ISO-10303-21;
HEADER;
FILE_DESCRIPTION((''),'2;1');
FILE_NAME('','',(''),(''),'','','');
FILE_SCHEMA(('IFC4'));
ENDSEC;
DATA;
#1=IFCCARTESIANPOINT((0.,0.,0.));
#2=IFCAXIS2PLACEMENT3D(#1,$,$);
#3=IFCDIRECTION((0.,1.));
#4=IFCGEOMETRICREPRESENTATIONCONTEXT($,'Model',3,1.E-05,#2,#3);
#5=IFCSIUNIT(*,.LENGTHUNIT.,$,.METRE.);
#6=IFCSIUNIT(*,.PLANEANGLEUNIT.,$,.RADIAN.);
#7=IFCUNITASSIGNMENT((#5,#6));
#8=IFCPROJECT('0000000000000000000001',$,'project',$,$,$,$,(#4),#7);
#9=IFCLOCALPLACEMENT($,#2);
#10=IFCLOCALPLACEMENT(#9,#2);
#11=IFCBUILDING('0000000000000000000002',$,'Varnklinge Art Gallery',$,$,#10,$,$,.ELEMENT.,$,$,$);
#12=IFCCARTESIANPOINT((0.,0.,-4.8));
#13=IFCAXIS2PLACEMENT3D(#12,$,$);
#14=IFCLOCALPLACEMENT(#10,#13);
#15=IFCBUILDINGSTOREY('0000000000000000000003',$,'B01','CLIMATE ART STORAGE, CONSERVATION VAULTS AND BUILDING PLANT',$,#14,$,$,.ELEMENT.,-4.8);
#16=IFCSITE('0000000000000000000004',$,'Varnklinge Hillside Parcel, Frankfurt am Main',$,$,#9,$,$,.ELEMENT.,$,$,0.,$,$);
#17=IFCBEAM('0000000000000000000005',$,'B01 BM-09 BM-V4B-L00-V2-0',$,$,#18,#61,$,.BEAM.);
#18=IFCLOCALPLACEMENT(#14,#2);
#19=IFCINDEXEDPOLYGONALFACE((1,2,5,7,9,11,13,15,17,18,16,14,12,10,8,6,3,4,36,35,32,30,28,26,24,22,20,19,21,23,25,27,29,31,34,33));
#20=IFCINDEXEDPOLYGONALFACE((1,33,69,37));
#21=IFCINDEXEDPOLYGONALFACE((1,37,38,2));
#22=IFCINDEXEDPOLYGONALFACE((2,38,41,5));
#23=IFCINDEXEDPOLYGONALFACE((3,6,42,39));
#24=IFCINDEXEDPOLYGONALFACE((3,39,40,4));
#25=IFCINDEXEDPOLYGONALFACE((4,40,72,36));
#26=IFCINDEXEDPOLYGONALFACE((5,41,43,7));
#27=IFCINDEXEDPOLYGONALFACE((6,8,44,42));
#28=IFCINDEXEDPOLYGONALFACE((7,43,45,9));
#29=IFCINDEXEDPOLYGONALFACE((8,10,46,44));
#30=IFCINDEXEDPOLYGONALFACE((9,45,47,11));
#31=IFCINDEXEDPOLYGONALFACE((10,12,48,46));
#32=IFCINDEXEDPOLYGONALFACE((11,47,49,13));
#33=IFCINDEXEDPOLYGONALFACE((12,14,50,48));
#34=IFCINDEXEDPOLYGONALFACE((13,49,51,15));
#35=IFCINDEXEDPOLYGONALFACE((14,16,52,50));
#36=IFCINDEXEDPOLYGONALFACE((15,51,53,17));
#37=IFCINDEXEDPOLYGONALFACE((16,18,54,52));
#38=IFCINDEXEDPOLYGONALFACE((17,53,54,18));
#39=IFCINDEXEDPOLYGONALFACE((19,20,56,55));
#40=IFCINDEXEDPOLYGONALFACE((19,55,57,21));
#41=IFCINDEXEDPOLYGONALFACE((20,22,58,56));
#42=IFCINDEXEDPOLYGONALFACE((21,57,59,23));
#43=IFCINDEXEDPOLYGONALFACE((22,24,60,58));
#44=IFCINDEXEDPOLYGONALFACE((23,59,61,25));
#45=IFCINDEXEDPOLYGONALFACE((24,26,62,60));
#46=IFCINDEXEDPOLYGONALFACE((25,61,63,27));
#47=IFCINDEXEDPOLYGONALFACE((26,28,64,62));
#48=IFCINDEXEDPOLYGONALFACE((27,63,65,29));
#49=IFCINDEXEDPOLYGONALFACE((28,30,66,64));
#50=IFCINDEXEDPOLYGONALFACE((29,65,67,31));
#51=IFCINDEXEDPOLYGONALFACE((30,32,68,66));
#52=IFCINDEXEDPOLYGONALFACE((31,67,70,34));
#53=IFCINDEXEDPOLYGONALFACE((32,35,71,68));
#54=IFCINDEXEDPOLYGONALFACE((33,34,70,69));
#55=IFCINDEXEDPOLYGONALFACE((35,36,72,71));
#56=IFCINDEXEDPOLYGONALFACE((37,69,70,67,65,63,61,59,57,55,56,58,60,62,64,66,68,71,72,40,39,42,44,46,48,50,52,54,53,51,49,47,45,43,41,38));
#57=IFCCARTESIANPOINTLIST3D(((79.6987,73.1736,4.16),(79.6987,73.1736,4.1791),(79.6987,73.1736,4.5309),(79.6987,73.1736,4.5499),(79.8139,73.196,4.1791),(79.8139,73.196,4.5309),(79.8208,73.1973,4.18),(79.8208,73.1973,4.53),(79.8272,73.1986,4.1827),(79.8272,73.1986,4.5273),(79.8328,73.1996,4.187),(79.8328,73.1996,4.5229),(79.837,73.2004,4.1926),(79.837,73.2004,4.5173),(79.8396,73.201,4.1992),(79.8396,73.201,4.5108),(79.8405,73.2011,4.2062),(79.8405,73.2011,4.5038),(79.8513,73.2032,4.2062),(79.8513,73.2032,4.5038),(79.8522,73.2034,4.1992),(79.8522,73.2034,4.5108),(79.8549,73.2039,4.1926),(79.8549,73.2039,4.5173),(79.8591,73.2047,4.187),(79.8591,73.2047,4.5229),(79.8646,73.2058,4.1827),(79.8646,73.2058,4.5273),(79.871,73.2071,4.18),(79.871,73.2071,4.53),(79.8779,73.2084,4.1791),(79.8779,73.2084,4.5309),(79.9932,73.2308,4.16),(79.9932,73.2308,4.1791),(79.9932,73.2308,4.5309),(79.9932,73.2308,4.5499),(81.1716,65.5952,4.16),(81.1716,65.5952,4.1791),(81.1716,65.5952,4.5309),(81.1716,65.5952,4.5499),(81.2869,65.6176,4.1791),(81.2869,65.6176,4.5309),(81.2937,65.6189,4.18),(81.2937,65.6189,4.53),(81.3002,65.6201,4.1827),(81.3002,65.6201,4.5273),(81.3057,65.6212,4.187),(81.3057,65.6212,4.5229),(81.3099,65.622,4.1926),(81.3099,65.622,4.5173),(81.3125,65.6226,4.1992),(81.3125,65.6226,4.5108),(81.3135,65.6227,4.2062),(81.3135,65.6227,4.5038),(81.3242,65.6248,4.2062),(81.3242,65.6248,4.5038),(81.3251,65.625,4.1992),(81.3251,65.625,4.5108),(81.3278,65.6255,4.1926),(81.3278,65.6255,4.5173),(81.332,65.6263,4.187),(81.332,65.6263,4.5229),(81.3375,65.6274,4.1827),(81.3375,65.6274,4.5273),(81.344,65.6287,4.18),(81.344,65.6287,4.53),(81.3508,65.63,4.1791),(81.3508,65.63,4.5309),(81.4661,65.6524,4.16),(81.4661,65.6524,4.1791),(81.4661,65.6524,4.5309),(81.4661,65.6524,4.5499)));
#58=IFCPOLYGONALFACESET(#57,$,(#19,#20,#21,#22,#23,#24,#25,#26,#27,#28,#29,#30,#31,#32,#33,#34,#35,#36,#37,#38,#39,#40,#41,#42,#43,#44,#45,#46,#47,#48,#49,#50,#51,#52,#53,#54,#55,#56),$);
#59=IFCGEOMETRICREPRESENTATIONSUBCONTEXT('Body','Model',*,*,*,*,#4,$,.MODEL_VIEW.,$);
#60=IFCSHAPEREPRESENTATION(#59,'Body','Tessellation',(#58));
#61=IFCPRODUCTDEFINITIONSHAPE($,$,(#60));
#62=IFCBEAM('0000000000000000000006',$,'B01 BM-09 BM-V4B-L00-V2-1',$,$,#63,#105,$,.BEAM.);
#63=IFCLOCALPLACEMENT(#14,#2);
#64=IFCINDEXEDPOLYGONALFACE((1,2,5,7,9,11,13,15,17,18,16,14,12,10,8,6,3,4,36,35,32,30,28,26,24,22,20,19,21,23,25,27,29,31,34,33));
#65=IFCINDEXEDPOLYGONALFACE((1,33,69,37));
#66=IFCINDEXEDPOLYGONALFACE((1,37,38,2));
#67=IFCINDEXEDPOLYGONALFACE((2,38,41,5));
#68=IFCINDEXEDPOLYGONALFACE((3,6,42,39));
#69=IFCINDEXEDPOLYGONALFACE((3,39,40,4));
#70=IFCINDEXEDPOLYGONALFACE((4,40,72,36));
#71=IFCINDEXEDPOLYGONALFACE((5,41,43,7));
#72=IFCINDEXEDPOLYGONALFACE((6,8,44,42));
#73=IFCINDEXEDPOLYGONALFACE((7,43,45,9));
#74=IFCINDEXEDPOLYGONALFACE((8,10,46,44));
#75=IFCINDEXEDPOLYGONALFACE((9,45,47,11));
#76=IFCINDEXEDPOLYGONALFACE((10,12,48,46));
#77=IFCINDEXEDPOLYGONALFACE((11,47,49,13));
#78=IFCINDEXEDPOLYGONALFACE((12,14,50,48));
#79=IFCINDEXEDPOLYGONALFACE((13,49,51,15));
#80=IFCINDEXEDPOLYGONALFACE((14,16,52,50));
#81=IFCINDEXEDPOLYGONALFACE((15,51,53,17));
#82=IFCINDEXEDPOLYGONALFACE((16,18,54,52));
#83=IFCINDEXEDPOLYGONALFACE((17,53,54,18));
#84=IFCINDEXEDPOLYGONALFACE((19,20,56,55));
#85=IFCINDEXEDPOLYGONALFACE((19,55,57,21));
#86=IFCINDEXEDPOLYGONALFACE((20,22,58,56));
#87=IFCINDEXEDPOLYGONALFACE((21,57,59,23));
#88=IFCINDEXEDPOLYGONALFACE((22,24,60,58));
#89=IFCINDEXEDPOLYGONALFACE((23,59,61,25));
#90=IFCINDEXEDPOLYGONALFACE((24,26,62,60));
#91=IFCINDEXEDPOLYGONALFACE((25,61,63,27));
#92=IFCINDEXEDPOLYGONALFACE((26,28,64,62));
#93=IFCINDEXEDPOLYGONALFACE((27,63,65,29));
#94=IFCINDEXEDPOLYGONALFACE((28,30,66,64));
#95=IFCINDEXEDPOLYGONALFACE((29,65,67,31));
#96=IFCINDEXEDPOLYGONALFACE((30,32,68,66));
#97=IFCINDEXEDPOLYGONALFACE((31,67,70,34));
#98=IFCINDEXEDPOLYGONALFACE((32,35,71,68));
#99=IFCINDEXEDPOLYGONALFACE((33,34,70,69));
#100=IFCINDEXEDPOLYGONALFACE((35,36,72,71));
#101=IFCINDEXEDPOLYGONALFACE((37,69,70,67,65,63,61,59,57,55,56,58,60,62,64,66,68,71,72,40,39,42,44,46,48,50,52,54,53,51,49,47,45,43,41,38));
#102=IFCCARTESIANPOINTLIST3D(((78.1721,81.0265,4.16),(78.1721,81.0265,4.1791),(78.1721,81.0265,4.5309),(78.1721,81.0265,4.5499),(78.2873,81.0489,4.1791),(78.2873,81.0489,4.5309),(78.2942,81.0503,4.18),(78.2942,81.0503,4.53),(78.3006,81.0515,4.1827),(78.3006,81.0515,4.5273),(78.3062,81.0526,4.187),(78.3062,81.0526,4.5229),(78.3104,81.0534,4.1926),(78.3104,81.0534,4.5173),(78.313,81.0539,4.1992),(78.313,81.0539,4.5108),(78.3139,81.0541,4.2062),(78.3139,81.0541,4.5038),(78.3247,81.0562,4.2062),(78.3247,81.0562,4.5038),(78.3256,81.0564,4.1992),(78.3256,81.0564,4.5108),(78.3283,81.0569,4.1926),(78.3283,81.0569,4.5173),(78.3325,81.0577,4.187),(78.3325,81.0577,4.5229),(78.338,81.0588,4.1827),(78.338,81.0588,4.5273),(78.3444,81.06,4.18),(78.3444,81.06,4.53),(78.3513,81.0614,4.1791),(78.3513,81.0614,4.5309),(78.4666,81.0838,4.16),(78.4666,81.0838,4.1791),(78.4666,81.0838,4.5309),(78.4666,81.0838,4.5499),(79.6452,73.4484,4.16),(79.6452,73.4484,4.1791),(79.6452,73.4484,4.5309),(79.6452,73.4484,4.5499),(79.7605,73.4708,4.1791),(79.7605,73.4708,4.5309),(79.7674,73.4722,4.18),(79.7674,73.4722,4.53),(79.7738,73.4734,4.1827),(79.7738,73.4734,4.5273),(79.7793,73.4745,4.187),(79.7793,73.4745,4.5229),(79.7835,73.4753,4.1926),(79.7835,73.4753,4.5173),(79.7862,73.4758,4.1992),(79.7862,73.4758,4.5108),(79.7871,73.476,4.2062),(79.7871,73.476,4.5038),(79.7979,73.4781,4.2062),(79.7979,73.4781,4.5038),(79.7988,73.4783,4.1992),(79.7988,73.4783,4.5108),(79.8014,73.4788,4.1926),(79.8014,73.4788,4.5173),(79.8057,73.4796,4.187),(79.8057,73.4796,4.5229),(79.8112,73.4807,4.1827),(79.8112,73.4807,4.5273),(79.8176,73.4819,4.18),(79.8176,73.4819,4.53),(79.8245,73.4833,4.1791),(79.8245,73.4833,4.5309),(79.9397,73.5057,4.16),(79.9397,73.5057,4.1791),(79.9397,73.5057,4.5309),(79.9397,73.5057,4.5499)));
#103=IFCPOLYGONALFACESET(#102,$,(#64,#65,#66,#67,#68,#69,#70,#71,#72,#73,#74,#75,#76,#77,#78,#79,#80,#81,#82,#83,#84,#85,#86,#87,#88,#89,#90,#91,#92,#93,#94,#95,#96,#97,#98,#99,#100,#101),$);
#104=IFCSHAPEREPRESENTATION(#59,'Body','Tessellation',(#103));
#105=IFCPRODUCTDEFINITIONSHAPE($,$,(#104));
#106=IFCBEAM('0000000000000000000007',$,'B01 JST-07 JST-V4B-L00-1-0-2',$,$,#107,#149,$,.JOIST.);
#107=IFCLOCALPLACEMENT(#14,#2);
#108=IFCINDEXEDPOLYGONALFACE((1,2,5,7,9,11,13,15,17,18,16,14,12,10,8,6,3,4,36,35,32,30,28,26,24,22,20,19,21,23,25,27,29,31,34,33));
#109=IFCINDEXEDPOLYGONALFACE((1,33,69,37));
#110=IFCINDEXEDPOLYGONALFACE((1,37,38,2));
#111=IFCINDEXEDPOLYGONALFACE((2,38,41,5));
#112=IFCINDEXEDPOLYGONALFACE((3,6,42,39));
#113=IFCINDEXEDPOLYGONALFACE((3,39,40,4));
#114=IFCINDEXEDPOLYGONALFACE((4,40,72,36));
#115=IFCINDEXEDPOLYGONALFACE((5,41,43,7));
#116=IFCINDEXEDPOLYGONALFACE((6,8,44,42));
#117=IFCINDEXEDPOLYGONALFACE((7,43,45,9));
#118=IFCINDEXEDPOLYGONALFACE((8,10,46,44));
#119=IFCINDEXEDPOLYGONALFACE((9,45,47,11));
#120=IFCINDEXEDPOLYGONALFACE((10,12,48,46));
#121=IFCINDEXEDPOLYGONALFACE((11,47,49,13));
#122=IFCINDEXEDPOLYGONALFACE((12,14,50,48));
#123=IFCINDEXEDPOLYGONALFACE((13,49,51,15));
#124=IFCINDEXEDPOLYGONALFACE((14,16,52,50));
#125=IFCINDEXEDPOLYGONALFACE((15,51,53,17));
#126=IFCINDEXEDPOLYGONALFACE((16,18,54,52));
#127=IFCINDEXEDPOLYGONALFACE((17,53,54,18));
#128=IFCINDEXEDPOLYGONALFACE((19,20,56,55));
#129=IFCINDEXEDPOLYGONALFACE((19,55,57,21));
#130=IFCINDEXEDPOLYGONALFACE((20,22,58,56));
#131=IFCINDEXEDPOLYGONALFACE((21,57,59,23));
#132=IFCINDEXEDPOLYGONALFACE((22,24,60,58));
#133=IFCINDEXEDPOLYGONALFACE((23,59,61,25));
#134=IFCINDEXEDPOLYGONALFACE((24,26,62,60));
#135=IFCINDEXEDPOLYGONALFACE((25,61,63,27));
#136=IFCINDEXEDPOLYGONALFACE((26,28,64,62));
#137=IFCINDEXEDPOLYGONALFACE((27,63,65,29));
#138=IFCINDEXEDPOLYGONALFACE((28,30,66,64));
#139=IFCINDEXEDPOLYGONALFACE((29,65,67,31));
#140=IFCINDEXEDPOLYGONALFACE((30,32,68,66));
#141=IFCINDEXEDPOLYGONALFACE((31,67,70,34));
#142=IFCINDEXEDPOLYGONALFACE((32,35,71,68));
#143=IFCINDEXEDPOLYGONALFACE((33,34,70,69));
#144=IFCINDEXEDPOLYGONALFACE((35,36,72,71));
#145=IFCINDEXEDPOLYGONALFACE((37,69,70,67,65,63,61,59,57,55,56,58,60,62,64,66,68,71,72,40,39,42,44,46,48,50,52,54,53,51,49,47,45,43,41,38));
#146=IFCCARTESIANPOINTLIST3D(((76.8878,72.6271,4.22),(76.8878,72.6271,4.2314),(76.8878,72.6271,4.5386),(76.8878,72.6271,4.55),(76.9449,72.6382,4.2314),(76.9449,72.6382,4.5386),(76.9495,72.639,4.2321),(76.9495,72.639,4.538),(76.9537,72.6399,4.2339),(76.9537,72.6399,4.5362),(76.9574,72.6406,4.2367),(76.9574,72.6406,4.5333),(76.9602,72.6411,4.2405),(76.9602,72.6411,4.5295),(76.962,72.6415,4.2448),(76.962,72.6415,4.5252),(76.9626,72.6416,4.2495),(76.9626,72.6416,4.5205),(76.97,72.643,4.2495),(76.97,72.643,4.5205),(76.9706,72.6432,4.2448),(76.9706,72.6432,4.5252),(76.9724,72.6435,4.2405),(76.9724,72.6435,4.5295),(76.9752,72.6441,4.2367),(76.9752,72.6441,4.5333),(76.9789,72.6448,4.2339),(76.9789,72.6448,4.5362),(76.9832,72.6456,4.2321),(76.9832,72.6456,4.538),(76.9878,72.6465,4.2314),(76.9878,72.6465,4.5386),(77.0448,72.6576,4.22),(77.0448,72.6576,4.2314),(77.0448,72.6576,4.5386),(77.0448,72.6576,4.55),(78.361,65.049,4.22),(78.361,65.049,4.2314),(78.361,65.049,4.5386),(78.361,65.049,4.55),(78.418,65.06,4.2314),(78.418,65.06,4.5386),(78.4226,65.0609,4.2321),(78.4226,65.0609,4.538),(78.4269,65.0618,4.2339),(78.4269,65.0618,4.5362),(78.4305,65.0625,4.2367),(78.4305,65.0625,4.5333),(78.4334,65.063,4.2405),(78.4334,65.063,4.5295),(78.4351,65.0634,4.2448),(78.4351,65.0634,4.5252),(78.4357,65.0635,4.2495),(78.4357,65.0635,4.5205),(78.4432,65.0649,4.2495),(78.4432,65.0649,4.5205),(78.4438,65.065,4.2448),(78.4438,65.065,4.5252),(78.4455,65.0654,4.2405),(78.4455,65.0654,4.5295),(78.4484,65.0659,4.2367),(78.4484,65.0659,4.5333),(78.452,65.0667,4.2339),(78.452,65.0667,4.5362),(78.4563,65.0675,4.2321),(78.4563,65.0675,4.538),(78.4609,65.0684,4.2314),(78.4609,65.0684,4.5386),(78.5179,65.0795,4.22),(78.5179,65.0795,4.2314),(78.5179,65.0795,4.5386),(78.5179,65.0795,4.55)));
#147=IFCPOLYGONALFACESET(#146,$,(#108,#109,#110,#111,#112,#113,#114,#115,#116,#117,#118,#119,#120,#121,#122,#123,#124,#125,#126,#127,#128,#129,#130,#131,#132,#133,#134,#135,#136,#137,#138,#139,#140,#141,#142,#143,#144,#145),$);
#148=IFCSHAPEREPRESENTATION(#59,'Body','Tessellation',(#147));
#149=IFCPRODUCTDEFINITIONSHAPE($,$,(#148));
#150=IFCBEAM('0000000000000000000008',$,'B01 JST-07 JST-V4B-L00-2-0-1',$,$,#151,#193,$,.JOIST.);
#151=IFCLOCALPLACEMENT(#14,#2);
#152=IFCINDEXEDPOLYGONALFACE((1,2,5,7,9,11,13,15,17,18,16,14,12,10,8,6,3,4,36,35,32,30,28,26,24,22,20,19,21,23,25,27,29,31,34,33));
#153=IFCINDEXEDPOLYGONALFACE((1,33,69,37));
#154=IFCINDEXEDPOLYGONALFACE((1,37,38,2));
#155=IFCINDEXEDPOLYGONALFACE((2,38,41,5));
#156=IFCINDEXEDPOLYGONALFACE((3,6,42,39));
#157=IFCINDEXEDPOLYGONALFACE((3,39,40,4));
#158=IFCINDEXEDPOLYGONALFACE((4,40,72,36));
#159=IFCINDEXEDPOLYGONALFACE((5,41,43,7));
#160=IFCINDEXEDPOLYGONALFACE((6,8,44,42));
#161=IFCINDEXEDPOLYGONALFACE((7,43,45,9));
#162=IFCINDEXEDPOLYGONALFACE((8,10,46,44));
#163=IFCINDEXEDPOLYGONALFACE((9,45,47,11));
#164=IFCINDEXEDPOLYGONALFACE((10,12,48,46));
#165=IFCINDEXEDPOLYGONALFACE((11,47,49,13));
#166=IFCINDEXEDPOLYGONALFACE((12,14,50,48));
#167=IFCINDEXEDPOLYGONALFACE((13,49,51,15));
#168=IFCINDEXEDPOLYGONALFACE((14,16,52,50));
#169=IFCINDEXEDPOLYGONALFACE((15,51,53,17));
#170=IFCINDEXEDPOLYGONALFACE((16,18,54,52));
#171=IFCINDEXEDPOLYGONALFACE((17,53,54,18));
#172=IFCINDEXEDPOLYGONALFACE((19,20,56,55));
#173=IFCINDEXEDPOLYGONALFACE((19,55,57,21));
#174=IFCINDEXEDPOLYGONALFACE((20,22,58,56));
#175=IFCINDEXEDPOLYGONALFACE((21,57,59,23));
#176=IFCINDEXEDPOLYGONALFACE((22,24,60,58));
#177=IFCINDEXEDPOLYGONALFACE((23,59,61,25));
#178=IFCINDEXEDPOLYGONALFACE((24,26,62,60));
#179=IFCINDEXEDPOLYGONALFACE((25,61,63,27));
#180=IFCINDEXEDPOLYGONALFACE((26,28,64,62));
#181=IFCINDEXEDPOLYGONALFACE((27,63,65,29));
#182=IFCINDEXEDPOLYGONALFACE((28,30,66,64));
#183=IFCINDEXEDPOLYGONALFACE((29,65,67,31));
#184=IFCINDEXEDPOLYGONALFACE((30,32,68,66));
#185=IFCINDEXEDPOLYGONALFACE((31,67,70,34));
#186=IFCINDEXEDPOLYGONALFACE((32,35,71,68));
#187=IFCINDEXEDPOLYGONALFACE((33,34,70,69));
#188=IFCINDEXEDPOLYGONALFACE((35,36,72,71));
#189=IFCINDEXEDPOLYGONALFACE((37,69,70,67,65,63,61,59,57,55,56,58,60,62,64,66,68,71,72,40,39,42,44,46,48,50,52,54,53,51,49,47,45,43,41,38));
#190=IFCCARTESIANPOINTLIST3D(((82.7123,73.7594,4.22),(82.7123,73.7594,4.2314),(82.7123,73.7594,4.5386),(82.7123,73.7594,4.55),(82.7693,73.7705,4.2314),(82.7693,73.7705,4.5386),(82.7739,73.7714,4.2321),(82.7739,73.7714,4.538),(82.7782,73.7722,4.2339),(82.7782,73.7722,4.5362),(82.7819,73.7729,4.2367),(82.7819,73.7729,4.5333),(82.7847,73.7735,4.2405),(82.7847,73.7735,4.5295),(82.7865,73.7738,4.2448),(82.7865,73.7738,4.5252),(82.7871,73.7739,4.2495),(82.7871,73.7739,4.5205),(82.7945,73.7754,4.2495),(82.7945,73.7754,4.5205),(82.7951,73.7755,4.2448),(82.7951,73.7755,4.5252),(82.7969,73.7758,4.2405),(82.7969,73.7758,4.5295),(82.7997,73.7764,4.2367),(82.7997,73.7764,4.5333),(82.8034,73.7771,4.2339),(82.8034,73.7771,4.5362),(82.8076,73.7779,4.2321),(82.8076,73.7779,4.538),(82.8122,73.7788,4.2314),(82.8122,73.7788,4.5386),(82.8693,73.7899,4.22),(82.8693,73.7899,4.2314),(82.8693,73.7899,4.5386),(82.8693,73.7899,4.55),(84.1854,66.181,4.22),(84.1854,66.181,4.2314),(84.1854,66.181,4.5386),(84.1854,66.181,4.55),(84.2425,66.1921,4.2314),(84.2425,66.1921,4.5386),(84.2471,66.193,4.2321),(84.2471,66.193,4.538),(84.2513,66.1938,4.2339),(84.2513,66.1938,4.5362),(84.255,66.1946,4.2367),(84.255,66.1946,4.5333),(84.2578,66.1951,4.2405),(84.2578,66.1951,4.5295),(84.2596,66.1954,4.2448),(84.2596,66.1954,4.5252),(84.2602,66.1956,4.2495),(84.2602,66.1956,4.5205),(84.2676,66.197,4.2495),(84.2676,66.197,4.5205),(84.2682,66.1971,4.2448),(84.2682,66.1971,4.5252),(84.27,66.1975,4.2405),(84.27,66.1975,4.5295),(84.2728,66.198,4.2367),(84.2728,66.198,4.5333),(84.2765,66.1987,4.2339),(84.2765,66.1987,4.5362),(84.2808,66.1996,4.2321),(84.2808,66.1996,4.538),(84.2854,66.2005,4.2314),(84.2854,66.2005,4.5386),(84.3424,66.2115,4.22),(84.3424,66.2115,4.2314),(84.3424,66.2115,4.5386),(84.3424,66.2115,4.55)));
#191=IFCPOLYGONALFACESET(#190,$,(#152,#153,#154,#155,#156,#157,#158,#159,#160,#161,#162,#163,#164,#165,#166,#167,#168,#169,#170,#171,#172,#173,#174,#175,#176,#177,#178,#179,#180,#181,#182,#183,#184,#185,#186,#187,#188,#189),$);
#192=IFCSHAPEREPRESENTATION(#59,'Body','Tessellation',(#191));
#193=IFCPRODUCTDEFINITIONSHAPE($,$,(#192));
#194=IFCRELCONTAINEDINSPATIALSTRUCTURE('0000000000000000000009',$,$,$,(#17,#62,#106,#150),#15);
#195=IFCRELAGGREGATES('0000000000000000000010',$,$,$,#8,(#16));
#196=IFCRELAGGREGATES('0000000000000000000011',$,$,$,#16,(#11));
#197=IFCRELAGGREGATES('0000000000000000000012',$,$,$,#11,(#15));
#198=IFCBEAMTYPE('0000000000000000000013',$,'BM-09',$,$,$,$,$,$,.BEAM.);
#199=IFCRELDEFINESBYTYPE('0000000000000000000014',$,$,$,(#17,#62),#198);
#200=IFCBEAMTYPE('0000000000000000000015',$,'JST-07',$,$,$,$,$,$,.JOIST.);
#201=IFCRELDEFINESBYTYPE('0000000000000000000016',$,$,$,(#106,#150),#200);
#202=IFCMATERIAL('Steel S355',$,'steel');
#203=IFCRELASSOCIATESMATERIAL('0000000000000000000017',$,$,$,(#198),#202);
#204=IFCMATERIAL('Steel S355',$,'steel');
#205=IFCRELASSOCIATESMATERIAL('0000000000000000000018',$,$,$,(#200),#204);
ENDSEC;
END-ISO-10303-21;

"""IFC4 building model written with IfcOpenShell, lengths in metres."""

from ifc_helpers import new_model, si_unit, direction, frame, origin, origin_2d, place, context, subcontext, project, spatial, i_section, extrude, material, material_profile, profile_set, type_object, element, save


model = new_model("IFC4")

# Units and contexts
model_context = context("Model", 3, precision=1e-05, world=origin(), true_north=direction((0.0, 1.0)))
body_context = subcontext(model_context, "Body", "Model", "MODEL_VIEW")
ifc_project = project(units=[si_unit("LENGTHUNIT", "METRE"), si_unit("PLANEANGLEUNIT", "RADIAN")], contexts=[model_context])

# Site, building, storey
site_placement = place(None, origin())
site = spatial("IfcSite", under=ifc_project, at=site_placement, Name="Varnklinge Hillside Parcel, Frankfurt am Main", CompositionType="ELEMENT", RefElevation=0.0)
building_placement = place(site_placement, origin())
building = spatial("IfcBuilding", under=site, at=building_placement, Name="Varnklinge Art Gallery", CompositionType="ELEMENT")
storey_placement = place(building_placement, frame((0.0, 0.0, -4.8)))
storey = spatial("IfcBuildingStorey", under=building, at=storey_placement, Name="B01", Description="CLIMATE ART STORAGE, CONSERVATION VAULTS AND BUILDING PLANT", CompositionType="ELEMENT", Elevation=-4.8)

# Beams
ifc_material_1 = material(Name="Steel S355", Category="steel")
ifc_material_profile_1 = material_profile(ifc_material_1, i_section(OverallWidth=0.3, OverallDepth=0.3899, WebThickness=0.011, FlangeThickness=0.019, FilletRadius=0.0271, at=origin_2d()), Name="HEA 400")
ifc_profile_set_1 = profile_set([ifc_material_profile_1], Name="Steel S355")
beam_type_1 = type_object("IfcBeamType", Name="BM-09", PredefinedType="BEAM", material=ifc_profile_set_1)
beam_1_placement = place(storey_placement, frame((81.3188, 65.6238, 4.355), z_axis=(-0.190786, 0.981632, 0.0), x_axis=(-0.981632, -0.190786, 0.0)))
element("IfcBeam", 1, at=beam_1_placement, inside=storey, type_object=beam_type_1, Name="B01 BM-09 BM-V4B-L00-V2-0", PredefinedType="BEAM", context=body_context, shape_type="SweptSolid", body=[
    extrude(i_section(OverallWidth=0.3, OverallDepth=0.3899, WebThickness=0.011, FlangeThickness=0.019, FilletRadius=0.0271, at=origin_2d()), origin(), (0.0, 0.0, 1.0), 7.7202),
])
beam_2_placement = place(storey_placement, frame((79.7925, 73.4771, 4.355), z_axis=(-0.190822, 0.981625, 0.0), x_axis=(-0.981625, -0.190822, 0.0)))
element("IfcBeam", 2, at=beam_2_placement, inside=storey, type_object=beam_type_1, Name="B01 BM-09 BM-V4B-L00-V2-1", PredefinedType="BEAM", context=body_context, shape_type="SweptSolid", body=[
    extrude(i_section(OverallWidth=0.3, OverallDepth=0.3899, WebThickness=0.011, FlangeThickness=0.019, FilletRadius=0.0271, at=origin_2d()), origin(), (0.0, 0.0, 1.0), 7.72),
])
ifc_material_2 = material(Name="Steel S355", Category="steel")
ifc_material_profile_2 = material_profile(ifc_material_2, i_section(OverallWidth=0.1599, OverallDepth=0.3301, WebThickness=0.0076, FlangeThickness=0.0115, FilletRadius=0.0181, at=origin_2d()), Name="IPE 330")
ifc_profile_set_2 = profile_set([ifc_material_profile_2], Name="Steel S355")
beam_type_2 = type_object("IfcBeamType", Name="JST-07", PredefinedType="JOIST", material=ifc_profile_set_2)
beam_3_placement = place(storey_placement, frame((78.4395, 65.0642, 4.385), z_axis=(-0.190822, 0.981625, 0.0), x_axis=(-0.981625, -0.190822, 0.0)))
element("IfcBeam", 3, at=beam_3_placement, inside=storey, type_object=beam_type_2, Name="B01 JST-07 JST-V4B-L00-1-0-2", PredefinedType="JOIST", context=body_context, shape_type="SweptSolid", body=[
    extrude(i_section(OverallWidth=0.1599, OverallDepth=0.3301, WebThickness=0.0076, FlangeThickness=0.0115, FilletRadius=0.0181, at=origin_2d()), origin(), (0.0, 0.0, 1.0), 7.72),
])
beam_4_placement = place(storey_placement, frame((84.2639, 66.1963, 4.385), z_axis=(-0.190816, 0.981626, 0.0), x_axis=(-0.981626, -0.190816, 0.0)))
element("IfcBeam", 4, at=beam_4_placement, inside=storey, type_object=beam_type_2, Name="B01 JST-07 JST-V4B-L00-2-0-1", PredefinedType="JOIST", context=body_context, shape_type="SweptSolid", body=[
    extrude(i_section(OverallWidth=0.1599, OverallDepth=0.3301, WebThickness=0.0076, FlangeThickness=0.0115, FilletRadius=0.0181, at=origin_2d()), origin(), (0.0, 0.0, 1.0), 7.7202),
])

save(model, "model.ifc")
